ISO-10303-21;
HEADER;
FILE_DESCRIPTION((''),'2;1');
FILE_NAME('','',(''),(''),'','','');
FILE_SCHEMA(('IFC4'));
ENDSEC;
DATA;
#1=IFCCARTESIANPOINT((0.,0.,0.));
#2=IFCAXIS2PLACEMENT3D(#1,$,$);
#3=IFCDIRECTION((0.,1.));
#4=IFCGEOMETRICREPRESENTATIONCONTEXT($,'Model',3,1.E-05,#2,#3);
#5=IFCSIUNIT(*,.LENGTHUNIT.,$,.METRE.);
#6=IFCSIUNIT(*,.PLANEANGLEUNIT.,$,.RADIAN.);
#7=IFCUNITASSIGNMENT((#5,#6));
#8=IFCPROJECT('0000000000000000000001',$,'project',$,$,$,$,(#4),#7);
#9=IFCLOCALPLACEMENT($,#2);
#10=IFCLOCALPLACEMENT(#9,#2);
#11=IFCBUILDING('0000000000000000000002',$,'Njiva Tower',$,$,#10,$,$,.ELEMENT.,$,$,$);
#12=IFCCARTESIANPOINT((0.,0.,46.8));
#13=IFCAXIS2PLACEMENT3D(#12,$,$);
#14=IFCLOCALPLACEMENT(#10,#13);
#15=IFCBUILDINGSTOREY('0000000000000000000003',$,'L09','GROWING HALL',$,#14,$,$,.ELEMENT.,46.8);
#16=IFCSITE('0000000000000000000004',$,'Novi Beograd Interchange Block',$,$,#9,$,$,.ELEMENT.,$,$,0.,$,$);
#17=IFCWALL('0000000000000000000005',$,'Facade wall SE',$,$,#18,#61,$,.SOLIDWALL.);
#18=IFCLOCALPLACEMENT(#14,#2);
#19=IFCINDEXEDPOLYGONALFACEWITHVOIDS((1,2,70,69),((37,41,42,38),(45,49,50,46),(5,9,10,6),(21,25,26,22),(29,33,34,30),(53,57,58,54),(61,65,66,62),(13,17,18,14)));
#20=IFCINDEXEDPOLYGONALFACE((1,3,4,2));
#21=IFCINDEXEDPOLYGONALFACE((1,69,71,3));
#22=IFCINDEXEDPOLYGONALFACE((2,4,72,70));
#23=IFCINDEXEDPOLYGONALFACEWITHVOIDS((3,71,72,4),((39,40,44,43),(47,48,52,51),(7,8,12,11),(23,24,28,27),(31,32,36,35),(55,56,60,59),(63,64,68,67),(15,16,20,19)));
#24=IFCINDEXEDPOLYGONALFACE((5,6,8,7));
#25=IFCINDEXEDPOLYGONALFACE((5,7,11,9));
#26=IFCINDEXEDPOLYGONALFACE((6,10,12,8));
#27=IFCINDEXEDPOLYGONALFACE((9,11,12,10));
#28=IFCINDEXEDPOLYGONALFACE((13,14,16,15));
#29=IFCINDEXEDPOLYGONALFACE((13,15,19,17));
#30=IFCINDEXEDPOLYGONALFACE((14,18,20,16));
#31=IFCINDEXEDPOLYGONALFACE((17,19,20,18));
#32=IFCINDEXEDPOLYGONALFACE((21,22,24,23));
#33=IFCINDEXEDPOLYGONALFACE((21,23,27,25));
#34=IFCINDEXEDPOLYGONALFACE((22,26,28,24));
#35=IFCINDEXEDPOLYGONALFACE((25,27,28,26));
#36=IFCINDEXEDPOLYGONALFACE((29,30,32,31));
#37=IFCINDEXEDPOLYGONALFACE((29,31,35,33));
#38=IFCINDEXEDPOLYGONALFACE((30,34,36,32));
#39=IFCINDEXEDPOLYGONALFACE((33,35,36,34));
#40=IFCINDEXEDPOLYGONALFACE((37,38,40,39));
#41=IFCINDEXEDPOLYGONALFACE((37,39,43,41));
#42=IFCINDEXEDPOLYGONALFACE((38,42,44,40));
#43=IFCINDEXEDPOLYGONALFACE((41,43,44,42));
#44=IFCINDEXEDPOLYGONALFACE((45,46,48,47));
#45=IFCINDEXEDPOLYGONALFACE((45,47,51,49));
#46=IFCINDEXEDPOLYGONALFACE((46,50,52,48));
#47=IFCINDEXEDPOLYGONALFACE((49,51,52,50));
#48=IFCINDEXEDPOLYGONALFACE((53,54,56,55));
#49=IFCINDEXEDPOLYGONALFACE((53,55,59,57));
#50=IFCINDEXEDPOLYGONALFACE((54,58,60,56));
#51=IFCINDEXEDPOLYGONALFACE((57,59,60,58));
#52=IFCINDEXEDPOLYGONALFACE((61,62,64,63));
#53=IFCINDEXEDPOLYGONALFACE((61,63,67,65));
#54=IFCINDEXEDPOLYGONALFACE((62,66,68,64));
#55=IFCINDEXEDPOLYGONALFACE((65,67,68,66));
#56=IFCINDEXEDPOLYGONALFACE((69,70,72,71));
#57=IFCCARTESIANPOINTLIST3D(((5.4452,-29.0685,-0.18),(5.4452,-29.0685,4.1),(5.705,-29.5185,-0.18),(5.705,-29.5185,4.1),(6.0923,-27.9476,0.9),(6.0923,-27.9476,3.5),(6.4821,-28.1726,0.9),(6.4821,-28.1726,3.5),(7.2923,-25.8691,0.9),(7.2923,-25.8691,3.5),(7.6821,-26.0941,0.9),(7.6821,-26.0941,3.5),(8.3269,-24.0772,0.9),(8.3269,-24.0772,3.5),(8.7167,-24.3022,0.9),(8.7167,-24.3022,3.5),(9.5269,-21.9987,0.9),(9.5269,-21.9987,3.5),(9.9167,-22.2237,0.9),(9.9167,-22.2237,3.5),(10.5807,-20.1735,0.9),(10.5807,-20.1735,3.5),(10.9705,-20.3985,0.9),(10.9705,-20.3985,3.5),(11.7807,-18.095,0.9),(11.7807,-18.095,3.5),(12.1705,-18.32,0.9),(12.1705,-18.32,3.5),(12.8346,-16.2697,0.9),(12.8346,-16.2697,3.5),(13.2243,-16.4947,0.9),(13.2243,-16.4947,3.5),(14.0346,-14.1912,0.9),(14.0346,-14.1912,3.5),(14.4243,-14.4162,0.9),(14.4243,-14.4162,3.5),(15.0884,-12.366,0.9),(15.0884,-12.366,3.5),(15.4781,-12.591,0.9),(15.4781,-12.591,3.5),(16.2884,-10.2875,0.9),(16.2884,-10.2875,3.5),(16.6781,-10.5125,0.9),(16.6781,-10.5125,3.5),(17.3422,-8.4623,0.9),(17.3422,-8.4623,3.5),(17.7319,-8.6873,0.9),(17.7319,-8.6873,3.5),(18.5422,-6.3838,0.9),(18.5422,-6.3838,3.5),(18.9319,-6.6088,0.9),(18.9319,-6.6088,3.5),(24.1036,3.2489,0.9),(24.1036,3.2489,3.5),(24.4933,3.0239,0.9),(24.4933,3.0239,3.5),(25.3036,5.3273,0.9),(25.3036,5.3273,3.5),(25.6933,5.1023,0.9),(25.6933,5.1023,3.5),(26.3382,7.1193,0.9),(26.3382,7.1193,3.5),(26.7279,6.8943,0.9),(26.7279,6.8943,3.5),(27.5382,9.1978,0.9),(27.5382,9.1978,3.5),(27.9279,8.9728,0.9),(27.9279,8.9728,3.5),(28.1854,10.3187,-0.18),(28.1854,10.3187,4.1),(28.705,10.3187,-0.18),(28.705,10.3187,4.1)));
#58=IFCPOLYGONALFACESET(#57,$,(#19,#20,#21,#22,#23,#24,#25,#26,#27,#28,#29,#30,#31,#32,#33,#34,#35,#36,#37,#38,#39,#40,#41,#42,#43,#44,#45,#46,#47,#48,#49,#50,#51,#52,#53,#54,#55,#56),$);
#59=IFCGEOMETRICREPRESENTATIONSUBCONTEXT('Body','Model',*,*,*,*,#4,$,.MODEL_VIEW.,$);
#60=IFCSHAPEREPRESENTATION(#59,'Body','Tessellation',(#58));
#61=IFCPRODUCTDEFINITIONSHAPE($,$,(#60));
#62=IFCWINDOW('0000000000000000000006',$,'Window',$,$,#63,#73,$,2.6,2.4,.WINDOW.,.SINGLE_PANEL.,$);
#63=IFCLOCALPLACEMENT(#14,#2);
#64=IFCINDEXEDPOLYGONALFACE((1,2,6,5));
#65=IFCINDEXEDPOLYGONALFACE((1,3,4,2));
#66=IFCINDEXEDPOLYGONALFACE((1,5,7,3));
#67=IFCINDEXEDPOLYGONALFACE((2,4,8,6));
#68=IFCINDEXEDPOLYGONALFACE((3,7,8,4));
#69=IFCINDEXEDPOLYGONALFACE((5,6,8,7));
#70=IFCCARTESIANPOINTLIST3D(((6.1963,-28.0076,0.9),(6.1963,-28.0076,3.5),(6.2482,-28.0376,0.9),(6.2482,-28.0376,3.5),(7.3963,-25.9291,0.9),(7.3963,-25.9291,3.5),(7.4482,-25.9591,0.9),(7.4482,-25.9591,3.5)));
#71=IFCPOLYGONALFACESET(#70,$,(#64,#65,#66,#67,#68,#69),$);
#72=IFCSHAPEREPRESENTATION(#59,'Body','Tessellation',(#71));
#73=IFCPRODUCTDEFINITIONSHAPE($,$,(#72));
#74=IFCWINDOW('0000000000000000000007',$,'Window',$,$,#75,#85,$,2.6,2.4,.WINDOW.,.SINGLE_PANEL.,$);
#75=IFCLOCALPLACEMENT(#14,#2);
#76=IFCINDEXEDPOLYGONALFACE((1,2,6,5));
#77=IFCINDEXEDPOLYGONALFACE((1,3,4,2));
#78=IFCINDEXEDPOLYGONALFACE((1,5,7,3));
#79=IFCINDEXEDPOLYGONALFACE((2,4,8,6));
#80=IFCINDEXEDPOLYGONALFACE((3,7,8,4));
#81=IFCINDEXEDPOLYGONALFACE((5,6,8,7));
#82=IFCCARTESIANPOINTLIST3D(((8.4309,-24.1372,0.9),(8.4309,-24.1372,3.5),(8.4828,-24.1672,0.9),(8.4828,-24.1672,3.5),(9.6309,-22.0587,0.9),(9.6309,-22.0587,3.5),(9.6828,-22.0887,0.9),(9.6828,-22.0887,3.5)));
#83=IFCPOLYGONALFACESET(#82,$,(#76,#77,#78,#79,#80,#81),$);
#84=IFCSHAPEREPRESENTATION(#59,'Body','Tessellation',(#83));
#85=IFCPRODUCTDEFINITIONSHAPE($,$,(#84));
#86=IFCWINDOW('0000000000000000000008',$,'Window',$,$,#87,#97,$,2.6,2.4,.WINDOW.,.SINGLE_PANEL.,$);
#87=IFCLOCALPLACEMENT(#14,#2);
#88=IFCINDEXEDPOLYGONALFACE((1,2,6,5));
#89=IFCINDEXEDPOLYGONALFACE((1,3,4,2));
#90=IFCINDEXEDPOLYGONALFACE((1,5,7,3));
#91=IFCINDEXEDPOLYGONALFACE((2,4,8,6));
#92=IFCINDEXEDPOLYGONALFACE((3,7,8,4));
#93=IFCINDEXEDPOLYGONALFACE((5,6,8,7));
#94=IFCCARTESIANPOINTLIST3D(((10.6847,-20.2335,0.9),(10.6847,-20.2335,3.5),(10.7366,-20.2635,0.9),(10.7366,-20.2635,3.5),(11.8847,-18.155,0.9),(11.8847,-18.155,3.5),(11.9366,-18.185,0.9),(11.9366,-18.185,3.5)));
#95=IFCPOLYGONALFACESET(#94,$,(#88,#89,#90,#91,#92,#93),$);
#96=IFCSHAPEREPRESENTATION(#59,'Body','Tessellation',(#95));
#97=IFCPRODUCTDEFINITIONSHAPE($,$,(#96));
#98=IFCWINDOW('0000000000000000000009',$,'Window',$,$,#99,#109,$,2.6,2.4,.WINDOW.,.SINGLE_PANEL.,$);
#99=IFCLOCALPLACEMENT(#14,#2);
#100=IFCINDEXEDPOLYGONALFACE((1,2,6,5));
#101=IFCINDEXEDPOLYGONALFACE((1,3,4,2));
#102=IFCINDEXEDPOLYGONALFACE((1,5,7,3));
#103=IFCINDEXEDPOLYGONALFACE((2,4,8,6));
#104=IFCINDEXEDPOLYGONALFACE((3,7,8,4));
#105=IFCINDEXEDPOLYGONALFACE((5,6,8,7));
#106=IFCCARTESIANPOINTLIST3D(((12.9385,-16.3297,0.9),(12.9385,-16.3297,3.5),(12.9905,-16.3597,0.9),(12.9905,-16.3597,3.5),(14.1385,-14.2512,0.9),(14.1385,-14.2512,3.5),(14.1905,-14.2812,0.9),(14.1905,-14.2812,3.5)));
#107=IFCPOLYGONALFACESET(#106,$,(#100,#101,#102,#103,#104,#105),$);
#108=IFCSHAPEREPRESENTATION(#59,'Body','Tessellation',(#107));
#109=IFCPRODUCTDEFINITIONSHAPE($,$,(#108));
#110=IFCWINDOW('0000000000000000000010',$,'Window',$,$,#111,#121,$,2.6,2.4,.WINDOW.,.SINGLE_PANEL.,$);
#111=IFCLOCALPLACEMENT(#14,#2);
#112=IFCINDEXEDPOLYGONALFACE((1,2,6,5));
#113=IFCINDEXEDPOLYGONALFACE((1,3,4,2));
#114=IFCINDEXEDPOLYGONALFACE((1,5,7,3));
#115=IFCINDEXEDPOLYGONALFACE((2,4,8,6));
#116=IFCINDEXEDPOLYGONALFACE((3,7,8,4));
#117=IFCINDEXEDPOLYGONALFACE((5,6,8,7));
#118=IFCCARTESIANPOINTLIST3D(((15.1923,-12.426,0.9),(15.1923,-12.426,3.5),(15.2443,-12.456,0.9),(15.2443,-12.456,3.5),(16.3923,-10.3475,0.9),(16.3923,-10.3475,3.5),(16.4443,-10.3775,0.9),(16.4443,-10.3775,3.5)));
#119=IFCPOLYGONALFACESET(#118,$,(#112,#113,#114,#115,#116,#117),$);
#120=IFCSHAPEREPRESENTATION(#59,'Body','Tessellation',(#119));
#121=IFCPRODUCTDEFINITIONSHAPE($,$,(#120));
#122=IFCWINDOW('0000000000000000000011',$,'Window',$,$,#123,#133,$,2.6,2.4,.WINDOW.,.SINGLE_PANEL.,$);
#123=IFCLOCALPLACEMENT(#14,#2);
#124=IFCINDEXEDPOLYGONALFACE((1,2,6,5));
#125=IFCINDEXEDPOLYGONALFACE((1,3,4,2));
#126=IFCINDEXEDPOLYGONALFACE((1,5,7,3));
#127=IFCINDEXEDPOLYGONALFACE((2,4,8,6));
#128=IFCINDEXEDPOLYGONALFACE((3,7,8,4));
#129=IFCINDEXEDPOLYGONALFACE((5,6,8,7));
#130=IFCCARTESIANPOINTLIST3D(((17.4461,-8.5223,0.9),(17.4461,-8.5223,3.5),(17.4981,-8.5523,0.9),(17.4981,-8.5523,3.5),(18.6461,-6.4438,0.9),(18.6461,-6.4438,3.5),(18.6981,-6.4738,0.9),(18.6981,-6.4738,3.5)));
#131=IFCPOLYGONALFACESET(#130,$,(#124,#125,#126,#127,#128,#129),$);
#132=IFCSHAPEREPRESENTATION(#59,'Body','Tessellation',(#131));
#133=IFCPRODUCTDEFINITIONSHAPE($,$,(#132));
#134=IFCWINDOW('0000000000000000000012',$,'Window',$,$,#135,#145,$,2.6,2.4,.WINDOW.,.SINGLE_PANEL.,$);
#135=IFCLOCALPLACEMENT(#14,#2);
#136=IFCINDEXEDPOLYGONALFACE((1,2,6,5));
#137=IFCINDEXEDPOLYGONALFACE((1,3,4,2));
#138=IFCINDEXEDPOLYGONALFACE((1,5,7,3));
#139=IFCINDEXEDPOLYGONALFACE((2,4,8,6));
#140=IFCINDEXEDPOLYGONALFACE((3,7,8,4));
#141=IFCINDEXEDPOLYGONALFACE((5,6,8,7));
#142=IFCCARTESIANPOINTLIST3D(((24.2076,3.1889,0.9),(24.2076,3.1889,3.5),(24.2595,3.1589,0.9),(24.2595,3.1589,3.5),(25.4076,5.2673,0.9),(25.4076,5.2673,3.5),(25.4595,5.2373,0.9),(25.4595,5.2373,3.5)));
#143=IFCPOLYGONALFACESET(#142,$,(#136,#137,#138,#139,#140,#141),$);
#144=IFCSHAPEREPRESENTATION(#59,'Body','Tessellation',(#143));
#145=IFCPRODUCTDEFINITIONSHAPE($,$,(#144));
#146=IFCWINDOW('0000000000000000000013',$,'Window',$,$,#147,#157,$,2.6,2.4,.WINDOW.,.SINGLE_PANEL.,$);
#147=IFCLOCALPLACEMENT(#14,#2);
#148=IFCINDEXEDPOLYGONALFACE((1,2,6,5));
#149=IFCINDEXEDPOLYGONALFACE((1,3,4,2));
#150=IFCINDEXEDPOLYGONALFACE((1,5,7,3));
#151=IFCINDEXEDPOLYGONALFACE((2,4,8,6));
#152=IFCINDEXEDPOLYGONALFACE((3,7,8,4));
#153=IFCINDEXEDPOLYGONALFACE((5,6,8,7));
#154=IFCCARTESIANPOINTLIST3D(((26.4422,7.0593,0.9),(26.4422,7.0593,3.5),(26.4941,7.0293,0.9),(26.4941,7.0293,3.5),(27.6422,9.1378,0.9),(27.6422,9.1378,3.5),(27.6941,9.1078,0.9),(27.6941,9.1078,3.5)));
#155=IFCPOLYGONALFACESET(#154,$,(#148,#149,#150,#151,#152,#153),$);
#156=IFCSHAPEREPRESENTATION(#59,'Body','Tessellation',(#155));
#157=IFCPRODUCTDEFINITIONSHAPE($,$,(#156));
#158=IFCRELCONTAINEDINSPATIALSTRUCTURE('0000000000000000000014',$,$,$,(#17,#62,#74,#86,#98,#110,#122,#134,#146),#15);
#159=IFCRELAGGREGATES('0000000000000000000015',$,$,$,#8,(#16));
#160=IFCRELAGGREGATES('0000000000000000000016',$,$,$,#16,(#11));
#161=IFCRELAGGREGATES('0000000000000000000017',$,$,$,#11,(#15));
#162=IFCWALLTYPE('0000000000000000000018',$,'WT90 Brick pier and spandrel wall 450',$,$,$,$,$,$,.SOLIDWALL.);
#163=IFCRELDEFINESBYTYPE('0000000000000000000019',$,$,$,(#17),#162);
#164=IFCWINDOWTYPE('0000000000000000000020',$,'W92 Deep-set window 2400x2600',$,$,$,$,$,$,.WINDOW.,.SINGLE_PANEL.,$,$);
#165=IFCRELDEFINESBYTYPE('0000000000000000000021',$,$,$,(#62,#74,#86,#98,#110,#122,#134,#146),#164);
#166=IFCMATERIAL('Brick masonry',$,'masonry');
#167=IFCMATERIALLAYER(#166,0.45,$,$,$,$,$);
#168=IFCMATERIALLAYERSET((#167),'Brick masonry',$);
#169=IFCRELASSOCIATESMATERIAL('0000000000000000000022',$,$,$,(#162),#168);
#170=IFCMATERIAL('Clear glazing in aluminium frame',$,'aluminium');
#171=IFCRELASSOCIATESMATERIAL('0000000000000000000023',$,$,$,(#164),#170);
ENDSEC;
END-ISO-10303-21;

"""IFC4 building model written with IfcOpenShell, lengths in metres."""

from ifc_helpers import new_model, si_unit, direction, frame, frame_2d, origin, place, context, subcontext, project, spatial, polyline, rectangle, outline, extrude, material, layer, layer_set, type_object, element, fill, save


model = new_model("IFC4")

# Units and contexts
model_context = context("Model", 3, precision=1e-05, world=origin(), true_north=direction((0.0, 1.0)))
body_context = subcontext(model_context, "Body", "Model", "MODEL_VIEW")
ifc_project = project(units=[si_unit("LENGTHUNIT", "METRE"), si_unit("PLANEANGLEUNIT", "RADIAN")], contexts=[model_context])

# Site, building, storey
site_placement = place(None, origin())
site = spatial("IfcSite", under=ifc_project, at=site_placement, Name="Novi Beograd Interchange Block", CompositionType="ELEMENT", RefElevation=0.0)
building_placement = place(site_placement, origin())
building = spatial("IfcBuilding", under=site, at=building_placement, Name="Njiva Tower", CompositionType="ELEMENT")
storey_placement = place(building_placement, frame((0.0, 0.0, 46.8)))
storey = spatial("IfcBuildingStorey", under=building, at=storey_placement, Name="L09", Description="GROWING HALL", CompositionType="ELEMENT", Elevation=46.8)

# Wall, openings, windows
ifc_material_1 = material(Name="Brick masonry", Category="masonry")
ifc_layer_1 = layer(ifc_material_1, 0.45)
ifc_layer_set_1 = layer_set([ifc_layer_1], Name="Brick masonry")
wall_type_1 = type_object("IfcWallType", Name="WT90 Brick pier and spandrel wall 450", PredefinedType="SOLIDWALL", material=ifc_layer_set_1)
wall_1_placement = place(storey_placement, frame((5.5751, -29.2935, -0.18), z_axis=(0.0, 0.0, 1.0), x_axis=(0.5, 0.866026, 0.0)))
wall_1 = element("IfcWall", 1, at=wall_1_placement, inside=storey, type_object=wall_type_1, Name="Facade wall SE", PredefinedType="SOLIDWALL", context=body_context, shape_type="SweptSolid", body=[
    extrude(outline(polyline([(-0.1299, -0.225), (45.8701, -0.225), (45.6103, 0.225), (0.1299, 0.225), (-0.1299, -0.225)])), origin(), (0.0, 0.0, 1.0), 4.28),
])
opening_1_placement = place(wall_1_placement, frame((1.4242, 0.0, 1.08)))
opening_1 = element("IfcOpeningElement", 2, at=opening_1_placement, cuts=wall_1, PredefinedType="OPENING", context=body_context, shape_type="SweptSolid", body=[
    extrude(rectangle(XDim=2.4, YDim=2.6, at=frame_2d((1.2, 1.3))), frame((0.0, 0.235, 0.0), z_axis=(0.0, -1.0, 0.0), x_axis=(1.0, 0.0, 0.0)), (0.0, 0.0, 1.0), 0.47),
])
opening_2_placement = place(wall_1_placement, frame((5.8934, 0.0, 1.08)))
opening_2 = element("IfcOpeningElement", 3, at=opening_2_placement, cuts=wall_1, PredefinedType="OPENING", context=body_context, shape_type="SweptSolid", body=[
    extrude(rectangle(XDim=2.4, YDim=2.6, at=frame_2d((1.2, 1.3))), frame((0.0, 0.235, 0.0), z_axis=(0.0, -1.0, 0.0), x_axis=(1.0, 0.0, 0.0)), (0.0, 0.0, 1.0), 0.47),
])
opening_3_placement = place(wall_1_placement, frame((10.401, 0.0, 1.08)))
opening_3 = element("IfcOpeningElement", 4, at=opening_3_placement, cuts=wall_1, PredefinedType="OPENING", context=body_context, shape_type="SweptSolid", body=[
    extrude(rectangle(XDim=2.4, YDim=2.6, at=frame_2d((1.2, 1.3))), frame((0.0, 0.235, 0.0), z_axis=(0.0, -1.0, 0.0), x_axis=(1.0, 0.0, 0.0)), (0.0, 0.0, 1.0), 0.47),
])
opening_4_placement = place(wall_1_placement, frame((14.9087, 0.0, 1.08)))
opening_4 = element("IfcOpeningElement", 5, at=opening_4_placement, cuts=wall_1, PredefinedType="OPENING", context=body_context, shape_type="SweptSolid", body=[
    extrude(rectangle(XDim=2.4, YDim=2.6, at=frame_2d((1.2, 1.3))), frame((0.0, 0.235, 0.0), z_axis=(0.0, -1.0, 0.0), x_axis=(1.0, 0.0, 0.0)), (0.0, 0.0, 1.0), 0.47),
])
opening_5_placement = place(wall_1_placement, frame((19.4163, 0.0, 1.08)))
opening_5 = element("IfcOpeningElement", 6, at=opening_5_placement, cuts=wall_1, PredefinedType="OPENING", context=body_context, shape_type="SweptSolid", body=[
    extrude(rectangle(XDim=2.4, YDim=2.6, at=frame_2d((1.2, 1.3))), frame((0.0, 0.235, 0.0), z_axis=(0.0, -1.0, 0.0), x_axis=(1.0, 0.0, 0.0)), (0.0, 0.0, 1.0), 0.47),
])
opening_6_placement = place(wall_1_placement, frame((23.9239, 0.0, 1.08)))
opening_6 = element("IfcOpeningElement", 7, at=opening_6_placement, cuts=wall_1, PredefinedType="OPENING", context=body_context, shape_type="SweptSolid", body=[
    extrude(rectangle(XDim=2.4, YDim=2.6, at=frame_2d((1.2, 1.3))), frame((0.0, 0.235, 0.0), z_axis=(0.0, -1.0, 0.0), x_axis=(1.0, 0.0, 0.0)), (0.0, 0.0, 1.0), 0.47),
])
opening_7_placement = place(wall_1_placement, frame((37.4468, 0.0, 1.08)))
opening_7 = element("IfcOpeningElement", 8, at=opening_7_placement, cuts=wall_1, PredefinedType="OPENING", context=body_context, shape_type="SweptSolid", body=[
    extrude(rectangle(XDim=2.4, YDim=2.6, at=frame_2d((1.2, 1.3))), frame((0.0, 0.235, 0.0), z_axis=(0.0, -1.0, 0.0), x_axis=(1.0, 0.0, 0.0)), (0.0, 0.0, 1.0), 0.47),
])
opening_8_placement = place(wall_1_placement, frame((41.916, 0.0, 1.08)))
opening_8 = element("IfcOpeningElement", 9, at=opening_8_placement, cuts=wall_1, PredefinedType="OPENING", context=body_context, shape_type="SweptSolid", body=[
    extrude(rectangle(XDim=2.4, YDim=2.6, at=frame_2d((1.2, 1.3))), frame((0.0, 0.235, 0.0), z_axis=(0.0, -1.0, 0.0), x_axis=(1.0, 0.0, 0.0)), (0.0, 0.0, 1.0), 0.47),
])
ifc_material_2 = material(Name="Clear glazing in aluminium frame", Category="aluminium")
window_type = type_object("IfcWindowType", Name="W92 Deep-set window 2400x2600", PartitioningType="SINGLE_PANEL", PredefinedType="WINDOW", material=ifc_material_2)
window_1_placement = place(opening_1_placement, origin())
window_1 = element("IfcWindow", 10, at=window_1_placement, inside=storey, type_object=window_type, Name="Window", OverallHeight=2.6, OverallWidth=2.4, PartitioningType="SINGLE_PANEL", PredefinedType="WINDOW", context=body_context, shape_type="SweptSolid", body=[
    extrude(rectangle(XDim=2.4, YDim=2.6, at=frame_2d((1.2, 1.3))), frame((0.0, 0.105, 0.0), z_axis=(0.0, -1.0, 0.0), x_axis=(1.0, 0.0, 0.0)), (0.0, 0.0, 1.0), 0.06),
])
fill(opening_1, window_1)
window_2_placement = place(opening_2_placement, origin())
window_2 = element("IfcWindow", 11, at=window_2_placement, inside=storey, type_object=window_type, Name="Window", OverallHeight=2.6, OverallWidth=2.4, PartitioningType="SINGLE_PANEL", PredefinedType="WINDOW", context=body_context, shape_type="SweptSolid", body=[
    extrude(rectangle(XDim=2.4, YDim=2.6, at=frame_2d((1.2, 1.3))), frame((0.0, 0.105, 0.0), z_axis=(0.0, -1.0, 0.0), x_axis=(1.0, 0.0, 0.0)), (0.0, 0.0, 1.0), 0.06),
])
fill(opening_2, window_2)
window_3_placement = place(opening_3_placement, origin())
window_3 = element("IfcWindow", 12, at=window_3_placement, inside=storey, type_object=window_type, Name="Window", OverallHeight=2.6, OverallWidth=2.4, PartitioningType="SINGLE_PANEL", PredefinedType="WINDOW", context=body_context, shape_type="SweptSolid", body=[
    extrude(rectangle(XDim=2.4, YDim=2.6, at=frame_2d((1.2, 1.3))), frame((0.0, 0.105, 0.0), z_axis=(0.0, -1.0, 0.0), x_axis=(1.0, 0.0, 0.0)), (0.0, 0.0, 1.0), 0.06),
])
fill(opening_3, window_3)
window_4_placement = place(opening_4_placement, origin())
window_4 = element("IfcWindow", 13, at=window_4_placement, inside=storey, type_object=window_type, Name="Window", OverallHeight=2.6, OverallWidth=2.4, PartitioningType="SINGLE_PANEL", PredefinedType="WINDOW", context=body_context, shape_type="SweptSolid", body=[
    extrude(rectangle(XDim=2.4, YDim=2.6, at=frame_2d((1.2, 1.3))), frame((0.0, 0.105, 0.0), z_axis=(0.0, -1.0, 0.0), x_axis=(1.0, 0.0, 0.0)), (0.0, 0.0, 1.0), 0.06),
])
fill(opening_4, window_4)
window_5_placement = place(opening_5_placement, origin())
window_5 = element("IfcWindow", 14, at=window_5_placement, inside=storey, type_object=window_type, Name="Window", OverallHeight=2.6, OverallWidth=2.4, PartitioningType="SINGLE_PANEL", PredefinedType="WINDOW", context=body_context, shape_type="SweptSolid", body=[
    extrude(rectangle(XDim=2.4, YDim=2.6, at=frame_2d((1.2, 1.3))), frame((0.0, 0.105, 0.0), z_axis=(0.0, -1.0, 0.0), x_axis=(1.0, 0.0, 0.0)), (0.0, 0.0, 1.0), 0.06),
])
fill(opening_5, window_5)
window_6_placement = place(opening_6_placement, origin())
window_6 = element("IfcWindow", 15, at=window_6_placement, inside=storey, type_object=window_type, Name="Window", OverallHeight=2.6, OverallWidth=2.4, PartitioningType="SINGLE_PANEL", PredefinedType="WINDOW", context=body_context, shape_type="SweptSolid", body=[
    extrude(rectangle(XDim=2.4, YDim=2.6, at=frame_2d((1.2, 1.3))), frame((0.0, 0.105, 0.0), z_axis=(0.0, -1.0, 0.0), x_axis=(1.0, 0.0, 0.0)), (0.0, 0.0, 1.0), 0.06),
])
fill(opening_6, window_6)
window_7_placement = place(opening_7_placement, origin())
window_7 = element("IfcWindow", 16, at=window_7_placement, inside=storey, type_object=window_type, Name="Window", OverallHeight=2.6, OverallWidth=2.4, PartitioningType="SINGLE_PANEL", PredefinedType="WINDOW", context=body_context, shape_type="SweptSolid", body=[
    extrude(rectangle(XDim=2.4, YDim=2.6, at=frame_2d((1.2, 1.3))), frame((0.0, 0.105, 0.0), z_axis=(0.0, -1.0, 0.0), x_axis=(1.0, 0.0, 0.0)), (0.0, 0.0, 1.0), 0.06),
])
fill(opening_7, window_7)
window_8_placement = place(opening_8_placement, origin())
window_8 = element("IfcWindow", 17, at=window_8_placement, inside=storey, type_object=window_type, Name="Window", OverallHeight=2.6, OverallWidth=2.4, PartitioningType="SINGLE_PANEL", PredefinedType="WINDOW", context=body_context, shape_type="SweptSolid", body=[
    extrude(rectangle(XDim=2.4, YDim=2.6, at=frame_2d((1.2, 1.3))), frame((0.0, 0.105, 0.0), z_axis=(0.0, -1.0, 0.0), x_axis=(1.0, 0.0, 0.0)), (0.0, 0.0, 1.0), 0.06),
])
fill(opening_8, window_8)

save(model, "model.ifc")
